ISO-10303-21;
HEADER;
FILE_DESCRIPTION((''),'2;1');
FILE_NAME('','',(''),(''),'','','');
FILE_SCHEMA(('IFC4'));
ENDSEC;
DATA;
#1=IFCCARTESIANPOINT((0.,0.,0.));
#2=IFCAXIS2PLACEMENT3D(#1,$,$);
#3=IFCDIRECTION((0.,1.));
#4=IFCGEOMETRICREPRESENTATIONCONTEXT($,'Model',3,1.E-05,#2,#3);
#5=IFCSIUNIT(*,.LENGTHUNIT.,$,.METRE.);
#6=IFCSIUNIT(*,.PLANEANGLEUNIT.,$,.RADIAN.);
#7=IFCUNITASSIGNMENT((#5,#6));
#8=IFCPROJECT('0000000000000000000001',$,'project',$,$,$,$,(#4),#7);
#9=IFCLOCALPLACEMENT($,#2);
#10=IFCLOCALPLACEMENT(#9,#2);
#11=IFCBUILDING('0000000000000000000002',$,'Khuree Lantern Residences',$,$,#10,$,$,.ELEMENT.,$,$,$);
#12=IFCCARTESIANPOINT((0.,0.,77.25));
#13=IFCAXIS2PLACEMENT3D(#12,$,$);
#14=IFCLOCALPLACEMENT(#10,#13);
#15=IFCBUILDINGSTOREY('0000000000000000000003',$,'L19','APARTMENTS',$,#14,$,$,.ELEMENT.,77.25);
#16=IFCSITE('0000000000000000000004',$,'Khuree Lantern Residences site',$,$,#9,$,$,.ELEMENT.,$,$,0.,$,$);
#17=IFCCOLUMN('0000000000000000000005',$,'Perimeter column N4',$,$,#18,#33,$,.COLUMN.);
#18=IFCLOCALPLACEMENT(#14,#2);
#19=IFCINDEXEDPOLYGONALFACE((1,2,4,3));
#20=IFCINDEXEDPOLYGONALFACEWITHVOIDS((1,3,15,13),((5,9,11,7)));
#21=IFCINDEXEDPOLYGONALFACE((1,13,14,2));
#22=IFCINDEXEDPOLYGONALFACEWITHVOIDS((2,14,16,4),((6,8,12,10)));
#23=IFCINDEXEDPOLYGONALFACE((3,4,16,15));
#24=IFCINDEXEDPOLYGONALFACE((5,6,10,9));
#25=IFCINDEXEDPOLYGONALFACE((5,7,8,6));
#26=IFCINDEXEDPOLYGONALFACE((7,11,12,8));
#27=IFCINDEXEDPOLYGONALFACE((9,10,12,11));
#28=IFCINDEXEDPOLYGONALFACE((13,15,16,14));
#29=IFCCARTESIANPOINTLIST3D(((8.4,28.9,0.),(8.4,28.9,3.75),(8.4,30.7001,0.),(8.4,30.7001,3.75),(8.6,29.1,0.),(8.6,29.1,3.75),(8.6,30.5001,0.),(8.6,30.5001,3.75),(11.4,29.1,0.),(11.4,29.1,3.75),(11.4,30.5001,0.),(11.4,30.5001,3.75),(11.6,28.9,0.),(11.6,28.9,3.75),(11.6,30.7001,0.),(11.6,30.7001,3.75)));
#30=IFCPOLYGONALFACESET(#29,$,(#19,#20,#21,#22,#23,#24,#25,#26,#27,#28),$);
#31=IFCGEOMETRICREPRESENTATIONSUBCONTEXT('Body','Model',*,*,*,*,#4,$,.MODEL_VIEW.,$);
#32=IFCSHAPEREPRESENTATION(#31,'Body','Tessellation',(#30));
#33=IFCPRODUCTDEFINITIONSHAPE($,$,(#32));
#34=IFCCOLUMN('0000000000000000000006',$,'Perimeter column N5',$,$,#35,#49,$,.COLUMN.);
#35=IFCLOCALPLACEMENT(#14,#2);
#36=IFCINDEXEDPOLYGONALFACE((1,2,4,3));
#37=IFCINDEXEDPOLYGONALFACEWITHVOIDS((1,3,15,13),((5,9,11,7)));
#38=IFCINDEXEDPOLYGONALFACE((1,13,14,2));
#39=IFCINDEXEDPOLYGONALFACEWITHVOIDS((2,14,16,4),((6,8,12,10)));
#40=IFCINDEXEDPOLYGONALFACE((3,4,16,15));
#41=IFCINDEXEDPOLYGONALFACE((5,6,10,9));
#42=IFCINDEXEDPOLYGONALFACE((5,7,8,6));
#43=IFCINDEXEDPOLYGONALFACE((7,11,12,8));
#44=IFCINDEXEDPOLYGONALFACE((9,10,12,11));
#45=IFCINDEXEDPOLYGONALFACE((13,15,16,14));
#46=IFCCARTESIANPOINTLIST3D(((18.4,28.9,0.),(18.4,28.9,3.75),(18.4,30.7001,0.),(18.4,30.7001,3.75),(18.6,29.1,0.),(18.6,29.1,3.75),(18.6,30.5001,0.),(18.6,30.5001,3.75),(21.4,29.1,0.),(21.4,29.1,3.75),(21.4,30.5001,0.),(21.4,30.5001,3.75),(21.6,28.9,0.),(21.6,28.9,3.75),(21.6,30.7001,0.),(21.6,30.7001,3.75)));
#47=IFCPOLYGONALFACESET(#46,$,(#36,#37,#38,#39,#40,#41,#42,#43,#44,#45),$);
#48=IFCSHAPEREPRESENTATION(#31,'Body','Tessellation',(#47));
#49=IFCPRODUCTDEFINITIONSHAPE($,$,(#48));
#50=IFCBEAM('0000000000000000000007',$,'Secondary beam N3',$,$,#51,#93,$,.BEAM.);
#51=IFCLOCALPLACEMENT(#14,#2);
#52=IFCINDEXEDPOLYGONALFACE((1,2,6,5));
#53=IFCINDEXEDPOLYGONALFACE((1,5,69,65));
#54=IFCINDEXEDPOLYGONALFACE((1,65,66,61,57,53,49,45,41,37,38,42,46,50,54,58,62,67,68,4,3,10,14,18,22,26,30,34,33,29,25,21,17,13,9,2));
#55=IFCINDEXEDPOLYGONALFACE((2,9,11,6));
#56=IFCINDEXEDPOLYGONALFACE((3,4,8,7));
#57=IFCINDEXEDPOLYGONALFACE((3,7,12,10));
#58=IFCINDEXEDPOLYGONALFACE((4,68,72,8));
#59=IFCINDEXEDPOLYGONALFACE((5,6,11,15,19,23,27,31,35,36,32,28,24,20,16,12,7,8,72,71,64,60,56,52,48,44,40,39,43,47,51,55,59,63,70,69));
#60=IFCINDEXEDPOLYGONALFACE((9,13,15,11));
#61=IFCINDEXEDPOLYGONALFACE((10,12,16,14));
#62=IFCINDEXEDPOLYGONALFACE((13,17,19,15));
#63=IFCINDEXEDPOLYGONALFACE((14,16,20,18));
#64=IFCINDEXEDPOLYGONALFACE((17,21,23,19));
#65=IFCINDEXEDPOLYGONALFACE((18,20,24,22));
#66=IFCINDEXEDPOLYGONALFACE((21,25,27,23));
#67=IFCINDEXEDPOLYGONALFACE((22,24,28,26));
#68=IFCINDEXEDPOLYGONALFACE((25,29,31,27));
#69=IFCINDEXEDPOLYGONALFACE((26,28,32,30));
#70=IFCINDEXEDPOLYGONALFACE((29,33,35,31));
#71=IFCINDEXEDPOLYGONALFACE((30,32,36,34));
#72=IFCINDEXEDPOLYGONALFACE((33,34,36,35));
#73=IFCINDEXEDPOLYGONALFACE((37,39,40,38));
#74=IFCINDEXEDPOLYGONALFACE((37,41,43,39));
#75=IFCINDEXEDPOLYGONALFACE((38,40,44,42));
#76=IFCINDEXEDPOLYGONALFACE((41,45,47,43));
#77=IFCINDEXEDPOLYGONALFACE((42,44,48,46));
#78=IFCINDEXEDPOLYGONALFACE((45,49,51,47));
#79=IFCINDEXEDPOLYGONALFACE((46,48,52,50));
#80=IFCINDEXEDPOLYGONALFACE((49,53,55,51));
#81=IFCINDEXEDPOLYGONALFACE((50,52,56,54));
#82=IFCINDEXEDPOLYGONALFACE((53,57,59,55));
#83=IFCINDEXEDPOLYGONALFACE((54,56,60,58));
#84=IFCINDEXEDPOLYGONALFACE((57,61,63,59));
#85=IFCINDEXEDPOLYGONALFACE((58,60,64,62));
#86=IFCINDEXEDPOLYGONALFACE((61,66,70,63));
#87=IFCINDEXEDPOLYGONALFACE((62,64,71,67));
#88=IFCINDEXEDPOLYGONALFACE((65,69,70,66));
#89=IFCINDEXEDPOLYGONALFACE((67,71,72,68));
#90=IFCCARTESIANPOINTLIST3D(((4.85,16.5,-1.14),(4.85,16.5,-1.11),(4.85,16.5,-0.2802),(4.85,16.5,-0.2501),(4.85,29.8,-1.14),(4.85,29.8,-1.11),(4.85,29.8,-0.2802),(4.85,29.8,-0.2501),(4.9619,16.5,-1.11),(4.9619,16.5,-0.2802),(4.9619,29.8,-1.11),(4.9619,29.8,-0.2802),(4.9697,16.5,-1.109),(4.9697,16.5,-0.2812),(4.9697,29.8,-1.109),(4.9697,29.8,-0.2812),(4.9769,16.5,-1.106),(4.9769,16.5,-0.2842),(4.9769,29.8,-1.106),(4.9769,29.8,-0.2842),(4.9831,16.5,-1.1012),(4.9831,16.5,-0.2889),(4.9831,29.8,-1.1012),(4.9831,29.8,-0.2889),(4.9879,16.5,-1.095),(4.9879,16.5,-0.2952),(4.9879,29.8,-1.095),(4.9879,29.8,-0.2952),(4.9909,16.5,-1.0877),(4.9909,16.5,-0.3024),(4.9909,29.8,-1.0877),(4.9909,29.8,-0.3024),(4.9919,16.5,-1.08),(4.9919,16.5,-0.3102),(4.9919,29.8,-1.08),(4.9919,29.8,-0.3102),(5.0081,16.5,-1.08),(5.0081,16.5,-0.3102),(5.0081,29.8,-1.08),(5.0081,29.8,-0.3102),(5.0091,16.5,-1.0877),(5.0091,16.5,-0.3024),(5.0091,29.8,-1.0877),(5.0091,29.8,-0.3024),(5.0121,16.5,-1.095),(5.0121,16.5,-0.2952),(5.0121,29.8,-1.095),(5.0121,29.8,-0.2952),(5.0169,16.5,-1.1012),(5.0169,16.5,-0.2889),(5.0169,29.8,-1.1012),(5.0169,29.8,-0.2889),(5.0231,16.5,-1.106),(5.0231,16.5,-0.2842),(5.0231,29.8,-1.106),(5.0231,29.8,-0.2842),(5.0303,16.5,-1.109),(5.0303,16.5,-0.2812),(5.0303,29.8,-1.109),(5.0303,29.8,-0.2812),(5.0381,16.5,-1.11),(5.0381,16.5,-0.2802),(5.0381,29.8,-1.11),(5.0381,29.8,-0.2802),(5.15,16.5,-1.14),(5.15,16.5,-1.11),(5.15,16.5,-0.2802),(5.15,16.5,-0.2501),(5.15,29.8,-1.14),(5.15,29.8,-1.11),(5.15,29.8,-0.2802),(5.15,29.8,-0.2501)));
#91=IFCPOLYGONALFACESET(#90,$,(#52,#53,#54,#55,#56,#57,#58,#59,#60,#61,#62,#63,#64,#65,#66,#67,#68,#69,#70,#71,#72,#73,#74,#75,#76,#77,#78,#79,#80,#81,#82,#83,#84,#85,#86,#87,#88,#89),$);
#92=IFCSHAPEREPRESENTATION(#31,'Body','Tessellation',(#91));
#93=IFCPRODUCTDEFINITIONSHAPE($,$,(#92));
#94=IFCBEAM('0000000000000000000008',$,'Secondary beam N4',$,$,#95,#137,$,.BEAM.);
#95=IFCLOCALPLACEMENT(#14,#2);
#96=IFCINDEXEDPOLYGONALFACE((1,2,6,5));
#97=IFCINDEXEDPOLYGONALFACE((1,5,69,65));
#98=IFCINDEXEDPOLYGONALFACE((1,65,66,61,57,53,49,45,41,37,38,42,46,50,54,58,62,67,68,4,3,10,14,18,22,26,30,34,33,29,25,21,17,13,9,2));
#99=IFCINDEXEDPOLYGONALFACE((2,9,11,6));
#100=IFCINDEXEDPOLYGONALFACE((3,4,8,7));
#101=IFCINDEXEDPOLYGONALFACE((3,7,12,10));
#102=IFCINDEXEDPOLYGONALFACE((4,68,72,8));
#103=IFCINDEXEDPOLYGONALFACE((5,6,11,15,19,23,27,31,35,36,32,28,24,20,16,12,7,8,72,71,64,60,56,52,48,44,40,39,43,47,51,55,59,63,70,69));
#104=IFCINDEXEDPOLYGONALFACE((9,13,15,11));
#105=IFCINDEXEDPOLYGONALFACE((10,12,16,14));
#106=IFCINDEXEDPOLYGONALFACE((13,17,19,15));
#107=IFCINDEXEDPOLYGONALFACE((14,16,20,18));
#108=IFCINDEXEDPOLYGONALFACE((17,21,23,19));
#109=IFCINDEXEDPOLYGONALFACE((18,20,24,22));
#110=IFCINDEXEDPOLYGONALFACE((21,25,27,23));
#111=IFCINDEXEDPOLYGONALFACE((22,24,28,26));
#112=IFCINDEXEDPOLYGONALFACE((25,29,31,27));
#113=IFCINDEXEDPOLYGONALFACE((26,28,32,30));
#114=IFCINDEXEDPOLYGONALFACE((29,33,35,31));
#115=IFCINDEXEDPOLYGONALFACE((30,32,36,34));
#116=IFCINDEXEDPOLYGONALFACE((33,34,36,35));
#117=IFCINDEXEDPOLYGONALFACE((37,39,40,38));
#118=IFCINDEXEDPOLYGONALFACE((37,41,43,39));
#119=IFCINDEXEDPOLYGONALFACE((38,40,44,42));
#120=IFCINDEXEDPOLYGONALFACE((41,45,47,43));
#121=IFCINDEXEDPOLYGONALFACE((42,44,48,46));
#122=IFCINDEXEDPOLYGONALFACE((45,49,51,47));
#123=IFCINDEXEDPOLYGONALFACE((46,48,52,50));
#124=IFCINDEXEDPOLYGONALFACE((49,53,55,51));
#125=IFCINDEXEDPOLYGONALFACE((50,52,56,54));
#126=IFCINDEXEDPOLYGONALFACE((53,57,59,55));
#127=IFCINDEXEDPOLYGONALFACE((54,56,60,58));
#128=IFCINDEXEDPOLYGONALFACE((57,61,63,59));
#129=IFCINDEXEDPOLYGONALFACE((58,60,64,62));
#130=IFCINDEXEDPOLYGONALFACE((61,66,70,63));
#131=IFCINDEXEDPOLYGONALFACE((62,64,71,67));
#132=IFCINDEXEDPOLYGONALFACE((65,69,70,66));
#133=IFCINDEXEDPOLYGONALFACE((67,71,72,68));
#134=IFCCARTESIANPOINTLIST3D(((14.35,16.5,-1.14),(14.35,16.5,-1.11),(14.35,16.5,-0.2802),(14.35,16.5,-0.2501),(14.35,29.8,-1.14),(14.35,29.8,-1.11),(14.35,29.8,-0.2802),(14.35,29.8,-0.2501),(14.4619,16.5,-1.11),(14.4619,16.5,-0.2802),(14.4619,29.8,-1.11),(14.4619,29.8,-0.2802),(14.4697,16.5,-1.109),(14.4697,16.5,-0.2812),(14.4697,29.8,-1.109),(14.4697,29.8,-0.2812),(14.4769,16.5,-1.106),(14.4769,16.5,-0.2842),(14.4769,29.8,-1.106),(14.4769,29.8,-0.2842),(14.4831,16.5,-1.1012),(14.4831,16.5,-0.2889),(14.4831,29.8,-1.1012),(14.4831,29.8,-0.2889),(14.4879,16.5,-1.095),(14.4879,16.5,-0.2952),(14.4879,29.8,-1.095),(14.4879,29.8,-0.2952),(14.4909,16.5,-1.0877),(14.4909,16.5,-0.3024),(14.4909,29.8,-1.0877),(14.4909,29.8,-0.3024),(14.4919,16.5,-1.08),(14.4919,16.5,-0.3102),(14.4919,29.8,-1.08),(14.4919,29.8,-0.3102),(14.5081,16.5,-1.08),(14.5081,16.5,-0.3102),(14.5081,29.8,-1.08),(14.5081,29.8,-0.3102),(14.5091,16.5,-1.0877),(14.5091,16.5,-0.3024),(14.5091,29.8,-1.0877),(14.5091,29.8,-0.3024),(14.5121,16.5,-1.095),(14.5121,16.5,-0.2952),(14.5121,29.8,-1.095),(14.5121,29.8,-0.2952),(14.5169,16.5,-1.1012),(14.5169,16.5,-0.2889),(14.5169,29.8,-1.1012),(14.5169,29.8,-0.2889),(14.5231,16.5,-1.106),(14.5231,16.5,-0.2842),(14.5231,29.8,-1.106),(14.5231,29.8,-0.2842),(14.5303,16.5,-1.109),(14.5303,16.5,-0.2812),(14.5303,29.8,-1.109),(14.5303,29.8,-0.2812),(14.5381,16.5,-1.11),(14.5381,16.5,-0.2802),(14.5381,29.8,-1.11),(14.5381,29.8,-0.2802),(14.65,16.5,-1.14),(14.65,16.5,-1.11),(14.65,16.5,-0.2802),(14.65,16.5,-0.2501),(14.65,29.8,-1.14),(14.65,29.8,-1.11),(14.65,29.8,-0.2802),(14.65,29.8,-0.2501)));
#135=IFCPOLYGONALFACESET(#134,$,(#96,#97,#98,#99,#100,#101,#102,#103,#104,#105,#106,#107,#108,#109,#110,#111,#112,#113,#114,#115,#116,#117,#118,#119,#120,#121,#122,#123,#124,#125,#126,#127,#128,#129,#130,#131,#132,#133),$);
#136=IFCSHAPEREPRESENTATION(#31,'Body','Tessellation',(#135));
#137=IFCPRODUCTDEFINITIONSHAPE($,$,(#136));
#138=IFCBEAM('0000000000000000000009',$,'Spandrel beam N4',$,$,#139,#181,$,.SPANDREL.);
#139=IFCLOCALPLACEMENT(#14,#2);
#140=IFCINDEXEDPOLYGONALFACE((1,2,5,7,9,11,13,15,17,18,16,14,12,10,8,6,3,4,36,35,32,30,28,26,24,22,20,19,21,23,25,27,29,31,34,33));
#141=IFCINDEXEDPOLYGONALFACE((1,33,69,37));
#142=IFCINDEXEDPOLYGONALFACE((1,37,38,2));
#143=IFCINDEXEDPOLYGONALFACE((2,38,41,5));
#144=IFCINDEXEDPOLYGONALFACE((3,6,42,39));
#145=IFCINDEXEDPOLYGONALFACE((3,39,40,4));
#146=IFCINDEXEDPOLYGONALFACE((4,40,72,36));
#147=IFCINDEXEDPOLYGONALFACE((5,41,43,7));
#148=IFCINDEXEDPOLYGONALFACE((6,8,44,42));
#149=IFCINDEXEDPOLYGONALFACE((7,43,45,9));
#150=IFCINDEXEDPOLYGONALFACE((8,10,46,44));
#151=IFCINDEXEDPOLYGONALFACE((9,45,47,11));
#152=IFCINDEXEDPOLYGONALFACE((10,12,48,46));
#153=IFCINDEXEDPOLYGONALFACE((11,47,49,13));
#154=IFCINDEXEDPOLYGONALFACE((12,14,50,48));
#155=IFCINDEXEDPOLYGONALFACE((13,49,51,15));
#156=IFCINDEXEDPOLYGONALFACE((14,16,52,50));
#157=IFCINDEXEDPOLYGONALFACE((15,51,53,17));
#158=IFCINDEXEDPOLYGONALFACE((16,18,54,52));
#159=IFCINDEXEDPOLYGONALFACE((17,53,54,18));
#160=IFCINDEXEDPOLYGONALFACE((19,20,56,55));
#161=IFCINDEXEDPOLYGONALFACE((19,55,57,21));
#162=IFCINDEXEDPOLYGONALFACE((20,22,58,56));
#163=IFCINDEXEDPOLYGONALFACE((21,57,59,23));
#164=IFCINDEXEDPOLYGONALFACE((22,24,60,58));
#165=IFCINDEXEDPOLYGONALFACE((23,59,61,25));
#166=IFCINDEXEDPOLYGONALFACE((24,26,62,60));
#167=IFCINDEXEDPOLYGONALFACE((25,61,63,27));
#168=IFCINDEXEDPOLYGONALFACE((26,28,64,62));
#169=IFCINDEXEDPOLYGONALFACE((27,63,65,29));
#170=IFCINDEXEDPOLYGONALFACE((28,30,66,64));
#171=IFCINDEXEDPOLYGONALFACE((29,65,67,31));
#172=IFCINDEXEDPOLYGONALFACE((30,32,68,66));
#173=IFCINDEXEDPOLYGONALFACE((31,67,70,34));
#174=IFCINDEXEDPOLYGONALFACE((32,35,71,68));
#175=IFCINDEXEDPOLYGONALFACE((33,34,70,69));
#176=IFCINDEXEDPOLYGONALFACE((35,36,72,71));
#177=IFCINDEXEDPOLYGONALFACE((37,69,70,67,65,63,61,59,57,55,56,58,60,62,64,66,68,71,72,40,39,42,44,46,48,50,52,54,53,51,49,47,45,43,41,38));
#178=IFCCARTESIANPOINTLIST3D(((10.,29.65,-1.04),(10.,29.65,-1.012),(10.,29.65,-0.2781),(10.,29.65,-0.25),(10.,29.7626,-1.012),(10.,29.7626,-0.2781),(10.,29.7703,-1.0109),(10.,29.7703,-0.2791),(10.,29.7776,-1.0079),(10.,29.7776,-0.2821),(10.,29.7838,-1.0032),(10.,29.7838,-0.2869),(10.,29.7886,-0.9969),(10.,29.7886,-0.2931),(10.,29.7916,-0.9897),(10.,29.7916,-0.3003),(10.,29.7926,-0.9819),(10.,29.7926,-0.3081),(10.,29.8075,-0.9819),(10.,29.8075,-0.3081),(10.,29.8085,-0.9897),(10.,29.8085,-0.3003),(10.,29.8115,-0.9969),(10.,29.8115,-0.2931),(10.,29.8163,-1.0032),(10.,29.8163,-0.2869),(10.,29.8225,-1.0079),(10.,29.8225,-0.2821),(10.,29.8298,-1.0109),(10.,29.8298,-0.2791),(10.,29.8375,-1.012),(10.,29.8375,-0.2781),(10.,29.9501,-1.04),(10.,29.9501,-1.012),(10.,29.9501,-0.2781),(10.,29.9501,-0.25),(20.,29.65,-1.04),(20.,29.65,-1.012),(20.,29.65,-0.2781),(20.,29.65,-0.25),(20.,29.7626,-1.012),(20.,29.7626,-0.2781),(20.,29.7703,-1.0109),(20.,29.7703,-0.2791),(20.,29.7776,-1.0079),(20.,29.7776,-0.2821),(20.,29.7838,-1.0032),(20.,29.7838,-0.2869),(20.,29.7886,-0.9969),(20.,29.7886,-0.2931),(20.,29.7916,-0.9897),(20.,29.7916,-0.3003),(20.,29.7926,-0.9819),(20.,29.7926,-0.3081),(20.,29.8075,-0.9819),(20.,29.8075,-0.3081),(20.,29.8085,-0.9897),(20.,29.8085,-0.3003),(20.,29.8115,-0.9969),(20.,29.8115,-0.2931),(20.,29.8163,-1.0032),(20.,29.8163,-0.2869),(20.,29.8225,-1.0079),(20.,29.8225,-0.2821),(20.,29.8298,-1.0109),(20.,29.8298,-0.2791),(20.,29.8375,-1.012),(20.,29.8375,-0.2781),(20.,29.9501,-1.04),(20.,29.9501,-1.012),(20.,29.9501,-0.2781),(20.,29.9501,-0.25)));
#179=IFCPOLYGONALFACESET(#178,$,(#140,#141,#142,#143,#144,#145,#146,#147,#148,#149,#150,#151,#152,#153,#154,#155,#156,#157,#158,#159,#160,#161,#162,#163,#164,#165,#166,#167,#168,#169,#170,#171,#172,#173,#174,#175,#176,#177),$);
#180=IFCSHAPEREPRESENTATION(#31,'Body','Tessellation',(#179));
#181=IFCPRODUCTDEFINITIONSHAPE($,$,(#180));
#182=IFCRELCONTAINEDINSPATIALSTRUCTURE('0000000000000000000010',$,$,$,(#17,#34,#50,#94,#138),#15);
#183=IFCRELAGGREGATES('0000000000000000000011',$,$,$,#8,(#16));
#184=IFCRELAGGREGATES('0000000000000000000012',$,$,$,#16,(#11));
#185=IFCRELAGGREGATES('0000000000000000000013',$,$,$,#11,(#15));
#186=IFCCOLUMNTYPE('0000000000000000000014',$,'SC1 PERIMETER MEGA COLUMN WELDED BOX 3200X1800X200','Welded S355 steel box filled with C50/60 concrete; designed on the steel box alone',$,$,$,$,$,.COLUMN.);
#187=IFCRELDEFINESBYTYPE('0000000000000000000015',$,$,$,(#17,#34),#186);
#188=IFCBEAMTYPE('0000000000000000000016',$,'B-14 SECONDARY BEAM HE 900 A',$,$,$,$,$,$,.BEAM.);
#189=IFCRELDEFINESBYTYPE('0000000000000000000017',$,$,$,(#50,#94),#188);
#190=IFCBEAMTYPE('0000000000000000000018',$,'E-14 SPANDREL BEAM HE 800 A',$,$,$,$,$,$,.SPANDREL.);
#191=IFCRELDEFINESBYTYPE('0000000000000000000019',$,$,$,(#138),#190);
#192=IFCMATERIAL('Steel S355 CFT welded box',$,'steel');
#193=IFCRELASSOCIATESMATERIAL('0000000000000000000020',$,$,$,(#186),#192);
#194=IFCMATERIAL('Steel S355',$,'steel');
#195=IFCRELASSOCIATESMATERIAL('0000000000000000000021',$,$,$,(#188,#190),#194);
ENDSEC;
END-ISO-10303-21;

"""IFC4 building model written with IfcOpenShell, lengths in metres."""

from ifc_helpers import new_model, si_unit, direction, frame, origin, origin_2d, place, context, subcontext, project, spatial, hollow_rectangle, i_section, extrude, material, material_profile, profile_set, type_object, element, save


model = new_model("IFC4")

# Units and contexts
model_context = context("Model", 3, precision=1e-05, world=origin(), true_north=direction((0.0, 1.0)))
body_context = subcontext(model_context, "Body", "Model", "MODEL_VIEW")
ifc_project = project(units=[si_unit("LENGTHUNIT", "METRE"), si_unit("PLANEANGLEUNIT", "RADIAN")], contexts=[model_context])

# Site, building, storey
site_placement = place(None, origin())
site = spatial("IfcSite", under=ifc_project, at=site_placement, Name="Khuree Lantern Residences site", CompositionType="ELEMENT", RefElevation=0.0)
building_placement = place(site_placement, origin())
building = spatial("IfcBuilding", under=site, at=building_placement, Name="Khuree Lantern Residences", CompositionType="ELEMENT")
storey_placement = place(building_placement, frame((0.0, 0.0, 77.25)))
storey = spatial("IfcBuildingStorey", under=building, at=storey_placement, Name="L19", Description="APARTMENTS", CompositionType="ELEMENT", Elevation=77.25)

# Columns
ifc_material_1 = material(Name="Steel S355 CFT welded box", Category="steel")
ifc_material_profile_1 = material_profile(ifc_material_1, hollow_rectangle(XDim=3.2, YDim=1.8, WallThickness=0.2, at=origin_2d()), Name="WELDED BOX 3200X1800X200")
ifc_profile_set_1 = profile_set([ifc_material_profile_1], Name="Steel S355 CFT welded box")
column_type = type_object("IfcColumnType", Name="SC1 PERIMETER MEGA COLUMN WELDED BOX 3200X1800X200", Description="Welded S355 steel box filled with C50/60 concrete; designed on the steel box alone", PredefinedType="COLUMN", material=ifc_profile_set_1)
for number, where, z_axis, x_axis, name in (
    (1, (10.0, 29.8, 0.0), (0.0, 0.0, 1.0), (1.0, 0.0, 0.0), "Perimeter column N4"),
    (2, (20.0, 29.8, 0.0), (0.0, 0.0, 1.0), (1.0, 0.0, 0.0), "Perimeter column N5"),
):
    element("IfcColumn", number, at=place(storey_placement, frame(where, z_axis=z_axis, x_axis=x_axis)), inside=storey, type_object=column_type, Name=name, PredefinedType="COLUMN", context=body_context, shape_type="SweptSolid", body=[
        extrude(hollow_rectangle(XDim=3.2, YDim=1.8, WallThickness=0.2, at=origin_2d()), origin(), (0.0, 0.0, 1.0), 3.75),
    ])

# Beams
ifc_material_2 = material(Name="Steel S355", Category="steel")
ifc_material_profile_2 = material_profile(ifc_material_2, i_section(OverallWidth=0.3, OverallDepth=0.8899, WebThickness=0.0161, FlangeThickness=0.03, FilletRadius=0.03, at=origin_2d()), Name="HE 900 A")
ifc_profile_set_2 = profile_set([ifc_material_profile_2], Name="Steel S355")
beam_type_1 = type_object("IfcBeamType", Name="B-14 SECONDARY BEAM HE 900 A", PredefinedType="BEAM", material=ifc_profile_set_2)
for number, where, z_axis, x_axis, name in (
    (3, (5.0, 29.8, -0.6951), (0.0, -1.0, 0.0), (1.0, 0.0, 0.0), "Secondary beam N3"),
    (4, (14.5, 29.8, -0.6951), (0.0, -1.0, 0.0), (1.0, 0.0, 0.0), "Secondary beam N4"),
):
    element("IfcBeam", number, at=place(storey_placement, frame(where, z_axis=z_axis, x_axis=x_axis)), inside=storey, type_object=beam_type_1, Name=name, PredefinedType="BEAM", context=body_context, shape_type="SweptSolid", body=[
        extrude(i_section(OverallWidth=0.3, OverallDepth=0.8899, WebThickness=0.0161, FlangeThickness=0.03, FilletRadius=0.03, at=origin_2d()), origin(), (0.0, 0.0, 1.0), 13.3),
    ])
ifc_material_profile_3 = material_profile(ifc_material_2, i_section(OverallWidth=0.3, OverallDepth=0.79, WebThickness=0.0149, FlangeThickness=0.0281, FilletRadius=0.03, at=origin_2d()), Name="HE 800 A")
ifc_profile_set_3 = profile_set([ifc_material_profile_3], Name="Steel S355")
beam_type_2 = type_object("IfcBeamType", Name="E-14 SPANDREL BEAM HE 800 A", PredefinedType="SPANDREL", material=ifc_profile_set_3)
beam_1_placement = place(storey_placement, frame((10.0, 29.8, -0.645), z_axis=(1.0, 0.0, 0.0), x_axis=(0.0, 1.0, 0.0)))
element("IfcBeam", 5, at=beam_1_placement, inside=storey, type_object=beam_type_2, Name="Spandrel beam N4", PredefinedType="SPANDREL", context=body_context, shape_type="SweptSolid", body=[
    extrude(i_section(OverallWidth=0.3, OverallDepth=0.79, WebThickness=0.0149, FlangeThickness=0.0281, FilletRadius=0.03, at=origin_2d()), origin(), (0.0, 0.0, 1.0), 10.0),
])

save(model, "model.ifc")
